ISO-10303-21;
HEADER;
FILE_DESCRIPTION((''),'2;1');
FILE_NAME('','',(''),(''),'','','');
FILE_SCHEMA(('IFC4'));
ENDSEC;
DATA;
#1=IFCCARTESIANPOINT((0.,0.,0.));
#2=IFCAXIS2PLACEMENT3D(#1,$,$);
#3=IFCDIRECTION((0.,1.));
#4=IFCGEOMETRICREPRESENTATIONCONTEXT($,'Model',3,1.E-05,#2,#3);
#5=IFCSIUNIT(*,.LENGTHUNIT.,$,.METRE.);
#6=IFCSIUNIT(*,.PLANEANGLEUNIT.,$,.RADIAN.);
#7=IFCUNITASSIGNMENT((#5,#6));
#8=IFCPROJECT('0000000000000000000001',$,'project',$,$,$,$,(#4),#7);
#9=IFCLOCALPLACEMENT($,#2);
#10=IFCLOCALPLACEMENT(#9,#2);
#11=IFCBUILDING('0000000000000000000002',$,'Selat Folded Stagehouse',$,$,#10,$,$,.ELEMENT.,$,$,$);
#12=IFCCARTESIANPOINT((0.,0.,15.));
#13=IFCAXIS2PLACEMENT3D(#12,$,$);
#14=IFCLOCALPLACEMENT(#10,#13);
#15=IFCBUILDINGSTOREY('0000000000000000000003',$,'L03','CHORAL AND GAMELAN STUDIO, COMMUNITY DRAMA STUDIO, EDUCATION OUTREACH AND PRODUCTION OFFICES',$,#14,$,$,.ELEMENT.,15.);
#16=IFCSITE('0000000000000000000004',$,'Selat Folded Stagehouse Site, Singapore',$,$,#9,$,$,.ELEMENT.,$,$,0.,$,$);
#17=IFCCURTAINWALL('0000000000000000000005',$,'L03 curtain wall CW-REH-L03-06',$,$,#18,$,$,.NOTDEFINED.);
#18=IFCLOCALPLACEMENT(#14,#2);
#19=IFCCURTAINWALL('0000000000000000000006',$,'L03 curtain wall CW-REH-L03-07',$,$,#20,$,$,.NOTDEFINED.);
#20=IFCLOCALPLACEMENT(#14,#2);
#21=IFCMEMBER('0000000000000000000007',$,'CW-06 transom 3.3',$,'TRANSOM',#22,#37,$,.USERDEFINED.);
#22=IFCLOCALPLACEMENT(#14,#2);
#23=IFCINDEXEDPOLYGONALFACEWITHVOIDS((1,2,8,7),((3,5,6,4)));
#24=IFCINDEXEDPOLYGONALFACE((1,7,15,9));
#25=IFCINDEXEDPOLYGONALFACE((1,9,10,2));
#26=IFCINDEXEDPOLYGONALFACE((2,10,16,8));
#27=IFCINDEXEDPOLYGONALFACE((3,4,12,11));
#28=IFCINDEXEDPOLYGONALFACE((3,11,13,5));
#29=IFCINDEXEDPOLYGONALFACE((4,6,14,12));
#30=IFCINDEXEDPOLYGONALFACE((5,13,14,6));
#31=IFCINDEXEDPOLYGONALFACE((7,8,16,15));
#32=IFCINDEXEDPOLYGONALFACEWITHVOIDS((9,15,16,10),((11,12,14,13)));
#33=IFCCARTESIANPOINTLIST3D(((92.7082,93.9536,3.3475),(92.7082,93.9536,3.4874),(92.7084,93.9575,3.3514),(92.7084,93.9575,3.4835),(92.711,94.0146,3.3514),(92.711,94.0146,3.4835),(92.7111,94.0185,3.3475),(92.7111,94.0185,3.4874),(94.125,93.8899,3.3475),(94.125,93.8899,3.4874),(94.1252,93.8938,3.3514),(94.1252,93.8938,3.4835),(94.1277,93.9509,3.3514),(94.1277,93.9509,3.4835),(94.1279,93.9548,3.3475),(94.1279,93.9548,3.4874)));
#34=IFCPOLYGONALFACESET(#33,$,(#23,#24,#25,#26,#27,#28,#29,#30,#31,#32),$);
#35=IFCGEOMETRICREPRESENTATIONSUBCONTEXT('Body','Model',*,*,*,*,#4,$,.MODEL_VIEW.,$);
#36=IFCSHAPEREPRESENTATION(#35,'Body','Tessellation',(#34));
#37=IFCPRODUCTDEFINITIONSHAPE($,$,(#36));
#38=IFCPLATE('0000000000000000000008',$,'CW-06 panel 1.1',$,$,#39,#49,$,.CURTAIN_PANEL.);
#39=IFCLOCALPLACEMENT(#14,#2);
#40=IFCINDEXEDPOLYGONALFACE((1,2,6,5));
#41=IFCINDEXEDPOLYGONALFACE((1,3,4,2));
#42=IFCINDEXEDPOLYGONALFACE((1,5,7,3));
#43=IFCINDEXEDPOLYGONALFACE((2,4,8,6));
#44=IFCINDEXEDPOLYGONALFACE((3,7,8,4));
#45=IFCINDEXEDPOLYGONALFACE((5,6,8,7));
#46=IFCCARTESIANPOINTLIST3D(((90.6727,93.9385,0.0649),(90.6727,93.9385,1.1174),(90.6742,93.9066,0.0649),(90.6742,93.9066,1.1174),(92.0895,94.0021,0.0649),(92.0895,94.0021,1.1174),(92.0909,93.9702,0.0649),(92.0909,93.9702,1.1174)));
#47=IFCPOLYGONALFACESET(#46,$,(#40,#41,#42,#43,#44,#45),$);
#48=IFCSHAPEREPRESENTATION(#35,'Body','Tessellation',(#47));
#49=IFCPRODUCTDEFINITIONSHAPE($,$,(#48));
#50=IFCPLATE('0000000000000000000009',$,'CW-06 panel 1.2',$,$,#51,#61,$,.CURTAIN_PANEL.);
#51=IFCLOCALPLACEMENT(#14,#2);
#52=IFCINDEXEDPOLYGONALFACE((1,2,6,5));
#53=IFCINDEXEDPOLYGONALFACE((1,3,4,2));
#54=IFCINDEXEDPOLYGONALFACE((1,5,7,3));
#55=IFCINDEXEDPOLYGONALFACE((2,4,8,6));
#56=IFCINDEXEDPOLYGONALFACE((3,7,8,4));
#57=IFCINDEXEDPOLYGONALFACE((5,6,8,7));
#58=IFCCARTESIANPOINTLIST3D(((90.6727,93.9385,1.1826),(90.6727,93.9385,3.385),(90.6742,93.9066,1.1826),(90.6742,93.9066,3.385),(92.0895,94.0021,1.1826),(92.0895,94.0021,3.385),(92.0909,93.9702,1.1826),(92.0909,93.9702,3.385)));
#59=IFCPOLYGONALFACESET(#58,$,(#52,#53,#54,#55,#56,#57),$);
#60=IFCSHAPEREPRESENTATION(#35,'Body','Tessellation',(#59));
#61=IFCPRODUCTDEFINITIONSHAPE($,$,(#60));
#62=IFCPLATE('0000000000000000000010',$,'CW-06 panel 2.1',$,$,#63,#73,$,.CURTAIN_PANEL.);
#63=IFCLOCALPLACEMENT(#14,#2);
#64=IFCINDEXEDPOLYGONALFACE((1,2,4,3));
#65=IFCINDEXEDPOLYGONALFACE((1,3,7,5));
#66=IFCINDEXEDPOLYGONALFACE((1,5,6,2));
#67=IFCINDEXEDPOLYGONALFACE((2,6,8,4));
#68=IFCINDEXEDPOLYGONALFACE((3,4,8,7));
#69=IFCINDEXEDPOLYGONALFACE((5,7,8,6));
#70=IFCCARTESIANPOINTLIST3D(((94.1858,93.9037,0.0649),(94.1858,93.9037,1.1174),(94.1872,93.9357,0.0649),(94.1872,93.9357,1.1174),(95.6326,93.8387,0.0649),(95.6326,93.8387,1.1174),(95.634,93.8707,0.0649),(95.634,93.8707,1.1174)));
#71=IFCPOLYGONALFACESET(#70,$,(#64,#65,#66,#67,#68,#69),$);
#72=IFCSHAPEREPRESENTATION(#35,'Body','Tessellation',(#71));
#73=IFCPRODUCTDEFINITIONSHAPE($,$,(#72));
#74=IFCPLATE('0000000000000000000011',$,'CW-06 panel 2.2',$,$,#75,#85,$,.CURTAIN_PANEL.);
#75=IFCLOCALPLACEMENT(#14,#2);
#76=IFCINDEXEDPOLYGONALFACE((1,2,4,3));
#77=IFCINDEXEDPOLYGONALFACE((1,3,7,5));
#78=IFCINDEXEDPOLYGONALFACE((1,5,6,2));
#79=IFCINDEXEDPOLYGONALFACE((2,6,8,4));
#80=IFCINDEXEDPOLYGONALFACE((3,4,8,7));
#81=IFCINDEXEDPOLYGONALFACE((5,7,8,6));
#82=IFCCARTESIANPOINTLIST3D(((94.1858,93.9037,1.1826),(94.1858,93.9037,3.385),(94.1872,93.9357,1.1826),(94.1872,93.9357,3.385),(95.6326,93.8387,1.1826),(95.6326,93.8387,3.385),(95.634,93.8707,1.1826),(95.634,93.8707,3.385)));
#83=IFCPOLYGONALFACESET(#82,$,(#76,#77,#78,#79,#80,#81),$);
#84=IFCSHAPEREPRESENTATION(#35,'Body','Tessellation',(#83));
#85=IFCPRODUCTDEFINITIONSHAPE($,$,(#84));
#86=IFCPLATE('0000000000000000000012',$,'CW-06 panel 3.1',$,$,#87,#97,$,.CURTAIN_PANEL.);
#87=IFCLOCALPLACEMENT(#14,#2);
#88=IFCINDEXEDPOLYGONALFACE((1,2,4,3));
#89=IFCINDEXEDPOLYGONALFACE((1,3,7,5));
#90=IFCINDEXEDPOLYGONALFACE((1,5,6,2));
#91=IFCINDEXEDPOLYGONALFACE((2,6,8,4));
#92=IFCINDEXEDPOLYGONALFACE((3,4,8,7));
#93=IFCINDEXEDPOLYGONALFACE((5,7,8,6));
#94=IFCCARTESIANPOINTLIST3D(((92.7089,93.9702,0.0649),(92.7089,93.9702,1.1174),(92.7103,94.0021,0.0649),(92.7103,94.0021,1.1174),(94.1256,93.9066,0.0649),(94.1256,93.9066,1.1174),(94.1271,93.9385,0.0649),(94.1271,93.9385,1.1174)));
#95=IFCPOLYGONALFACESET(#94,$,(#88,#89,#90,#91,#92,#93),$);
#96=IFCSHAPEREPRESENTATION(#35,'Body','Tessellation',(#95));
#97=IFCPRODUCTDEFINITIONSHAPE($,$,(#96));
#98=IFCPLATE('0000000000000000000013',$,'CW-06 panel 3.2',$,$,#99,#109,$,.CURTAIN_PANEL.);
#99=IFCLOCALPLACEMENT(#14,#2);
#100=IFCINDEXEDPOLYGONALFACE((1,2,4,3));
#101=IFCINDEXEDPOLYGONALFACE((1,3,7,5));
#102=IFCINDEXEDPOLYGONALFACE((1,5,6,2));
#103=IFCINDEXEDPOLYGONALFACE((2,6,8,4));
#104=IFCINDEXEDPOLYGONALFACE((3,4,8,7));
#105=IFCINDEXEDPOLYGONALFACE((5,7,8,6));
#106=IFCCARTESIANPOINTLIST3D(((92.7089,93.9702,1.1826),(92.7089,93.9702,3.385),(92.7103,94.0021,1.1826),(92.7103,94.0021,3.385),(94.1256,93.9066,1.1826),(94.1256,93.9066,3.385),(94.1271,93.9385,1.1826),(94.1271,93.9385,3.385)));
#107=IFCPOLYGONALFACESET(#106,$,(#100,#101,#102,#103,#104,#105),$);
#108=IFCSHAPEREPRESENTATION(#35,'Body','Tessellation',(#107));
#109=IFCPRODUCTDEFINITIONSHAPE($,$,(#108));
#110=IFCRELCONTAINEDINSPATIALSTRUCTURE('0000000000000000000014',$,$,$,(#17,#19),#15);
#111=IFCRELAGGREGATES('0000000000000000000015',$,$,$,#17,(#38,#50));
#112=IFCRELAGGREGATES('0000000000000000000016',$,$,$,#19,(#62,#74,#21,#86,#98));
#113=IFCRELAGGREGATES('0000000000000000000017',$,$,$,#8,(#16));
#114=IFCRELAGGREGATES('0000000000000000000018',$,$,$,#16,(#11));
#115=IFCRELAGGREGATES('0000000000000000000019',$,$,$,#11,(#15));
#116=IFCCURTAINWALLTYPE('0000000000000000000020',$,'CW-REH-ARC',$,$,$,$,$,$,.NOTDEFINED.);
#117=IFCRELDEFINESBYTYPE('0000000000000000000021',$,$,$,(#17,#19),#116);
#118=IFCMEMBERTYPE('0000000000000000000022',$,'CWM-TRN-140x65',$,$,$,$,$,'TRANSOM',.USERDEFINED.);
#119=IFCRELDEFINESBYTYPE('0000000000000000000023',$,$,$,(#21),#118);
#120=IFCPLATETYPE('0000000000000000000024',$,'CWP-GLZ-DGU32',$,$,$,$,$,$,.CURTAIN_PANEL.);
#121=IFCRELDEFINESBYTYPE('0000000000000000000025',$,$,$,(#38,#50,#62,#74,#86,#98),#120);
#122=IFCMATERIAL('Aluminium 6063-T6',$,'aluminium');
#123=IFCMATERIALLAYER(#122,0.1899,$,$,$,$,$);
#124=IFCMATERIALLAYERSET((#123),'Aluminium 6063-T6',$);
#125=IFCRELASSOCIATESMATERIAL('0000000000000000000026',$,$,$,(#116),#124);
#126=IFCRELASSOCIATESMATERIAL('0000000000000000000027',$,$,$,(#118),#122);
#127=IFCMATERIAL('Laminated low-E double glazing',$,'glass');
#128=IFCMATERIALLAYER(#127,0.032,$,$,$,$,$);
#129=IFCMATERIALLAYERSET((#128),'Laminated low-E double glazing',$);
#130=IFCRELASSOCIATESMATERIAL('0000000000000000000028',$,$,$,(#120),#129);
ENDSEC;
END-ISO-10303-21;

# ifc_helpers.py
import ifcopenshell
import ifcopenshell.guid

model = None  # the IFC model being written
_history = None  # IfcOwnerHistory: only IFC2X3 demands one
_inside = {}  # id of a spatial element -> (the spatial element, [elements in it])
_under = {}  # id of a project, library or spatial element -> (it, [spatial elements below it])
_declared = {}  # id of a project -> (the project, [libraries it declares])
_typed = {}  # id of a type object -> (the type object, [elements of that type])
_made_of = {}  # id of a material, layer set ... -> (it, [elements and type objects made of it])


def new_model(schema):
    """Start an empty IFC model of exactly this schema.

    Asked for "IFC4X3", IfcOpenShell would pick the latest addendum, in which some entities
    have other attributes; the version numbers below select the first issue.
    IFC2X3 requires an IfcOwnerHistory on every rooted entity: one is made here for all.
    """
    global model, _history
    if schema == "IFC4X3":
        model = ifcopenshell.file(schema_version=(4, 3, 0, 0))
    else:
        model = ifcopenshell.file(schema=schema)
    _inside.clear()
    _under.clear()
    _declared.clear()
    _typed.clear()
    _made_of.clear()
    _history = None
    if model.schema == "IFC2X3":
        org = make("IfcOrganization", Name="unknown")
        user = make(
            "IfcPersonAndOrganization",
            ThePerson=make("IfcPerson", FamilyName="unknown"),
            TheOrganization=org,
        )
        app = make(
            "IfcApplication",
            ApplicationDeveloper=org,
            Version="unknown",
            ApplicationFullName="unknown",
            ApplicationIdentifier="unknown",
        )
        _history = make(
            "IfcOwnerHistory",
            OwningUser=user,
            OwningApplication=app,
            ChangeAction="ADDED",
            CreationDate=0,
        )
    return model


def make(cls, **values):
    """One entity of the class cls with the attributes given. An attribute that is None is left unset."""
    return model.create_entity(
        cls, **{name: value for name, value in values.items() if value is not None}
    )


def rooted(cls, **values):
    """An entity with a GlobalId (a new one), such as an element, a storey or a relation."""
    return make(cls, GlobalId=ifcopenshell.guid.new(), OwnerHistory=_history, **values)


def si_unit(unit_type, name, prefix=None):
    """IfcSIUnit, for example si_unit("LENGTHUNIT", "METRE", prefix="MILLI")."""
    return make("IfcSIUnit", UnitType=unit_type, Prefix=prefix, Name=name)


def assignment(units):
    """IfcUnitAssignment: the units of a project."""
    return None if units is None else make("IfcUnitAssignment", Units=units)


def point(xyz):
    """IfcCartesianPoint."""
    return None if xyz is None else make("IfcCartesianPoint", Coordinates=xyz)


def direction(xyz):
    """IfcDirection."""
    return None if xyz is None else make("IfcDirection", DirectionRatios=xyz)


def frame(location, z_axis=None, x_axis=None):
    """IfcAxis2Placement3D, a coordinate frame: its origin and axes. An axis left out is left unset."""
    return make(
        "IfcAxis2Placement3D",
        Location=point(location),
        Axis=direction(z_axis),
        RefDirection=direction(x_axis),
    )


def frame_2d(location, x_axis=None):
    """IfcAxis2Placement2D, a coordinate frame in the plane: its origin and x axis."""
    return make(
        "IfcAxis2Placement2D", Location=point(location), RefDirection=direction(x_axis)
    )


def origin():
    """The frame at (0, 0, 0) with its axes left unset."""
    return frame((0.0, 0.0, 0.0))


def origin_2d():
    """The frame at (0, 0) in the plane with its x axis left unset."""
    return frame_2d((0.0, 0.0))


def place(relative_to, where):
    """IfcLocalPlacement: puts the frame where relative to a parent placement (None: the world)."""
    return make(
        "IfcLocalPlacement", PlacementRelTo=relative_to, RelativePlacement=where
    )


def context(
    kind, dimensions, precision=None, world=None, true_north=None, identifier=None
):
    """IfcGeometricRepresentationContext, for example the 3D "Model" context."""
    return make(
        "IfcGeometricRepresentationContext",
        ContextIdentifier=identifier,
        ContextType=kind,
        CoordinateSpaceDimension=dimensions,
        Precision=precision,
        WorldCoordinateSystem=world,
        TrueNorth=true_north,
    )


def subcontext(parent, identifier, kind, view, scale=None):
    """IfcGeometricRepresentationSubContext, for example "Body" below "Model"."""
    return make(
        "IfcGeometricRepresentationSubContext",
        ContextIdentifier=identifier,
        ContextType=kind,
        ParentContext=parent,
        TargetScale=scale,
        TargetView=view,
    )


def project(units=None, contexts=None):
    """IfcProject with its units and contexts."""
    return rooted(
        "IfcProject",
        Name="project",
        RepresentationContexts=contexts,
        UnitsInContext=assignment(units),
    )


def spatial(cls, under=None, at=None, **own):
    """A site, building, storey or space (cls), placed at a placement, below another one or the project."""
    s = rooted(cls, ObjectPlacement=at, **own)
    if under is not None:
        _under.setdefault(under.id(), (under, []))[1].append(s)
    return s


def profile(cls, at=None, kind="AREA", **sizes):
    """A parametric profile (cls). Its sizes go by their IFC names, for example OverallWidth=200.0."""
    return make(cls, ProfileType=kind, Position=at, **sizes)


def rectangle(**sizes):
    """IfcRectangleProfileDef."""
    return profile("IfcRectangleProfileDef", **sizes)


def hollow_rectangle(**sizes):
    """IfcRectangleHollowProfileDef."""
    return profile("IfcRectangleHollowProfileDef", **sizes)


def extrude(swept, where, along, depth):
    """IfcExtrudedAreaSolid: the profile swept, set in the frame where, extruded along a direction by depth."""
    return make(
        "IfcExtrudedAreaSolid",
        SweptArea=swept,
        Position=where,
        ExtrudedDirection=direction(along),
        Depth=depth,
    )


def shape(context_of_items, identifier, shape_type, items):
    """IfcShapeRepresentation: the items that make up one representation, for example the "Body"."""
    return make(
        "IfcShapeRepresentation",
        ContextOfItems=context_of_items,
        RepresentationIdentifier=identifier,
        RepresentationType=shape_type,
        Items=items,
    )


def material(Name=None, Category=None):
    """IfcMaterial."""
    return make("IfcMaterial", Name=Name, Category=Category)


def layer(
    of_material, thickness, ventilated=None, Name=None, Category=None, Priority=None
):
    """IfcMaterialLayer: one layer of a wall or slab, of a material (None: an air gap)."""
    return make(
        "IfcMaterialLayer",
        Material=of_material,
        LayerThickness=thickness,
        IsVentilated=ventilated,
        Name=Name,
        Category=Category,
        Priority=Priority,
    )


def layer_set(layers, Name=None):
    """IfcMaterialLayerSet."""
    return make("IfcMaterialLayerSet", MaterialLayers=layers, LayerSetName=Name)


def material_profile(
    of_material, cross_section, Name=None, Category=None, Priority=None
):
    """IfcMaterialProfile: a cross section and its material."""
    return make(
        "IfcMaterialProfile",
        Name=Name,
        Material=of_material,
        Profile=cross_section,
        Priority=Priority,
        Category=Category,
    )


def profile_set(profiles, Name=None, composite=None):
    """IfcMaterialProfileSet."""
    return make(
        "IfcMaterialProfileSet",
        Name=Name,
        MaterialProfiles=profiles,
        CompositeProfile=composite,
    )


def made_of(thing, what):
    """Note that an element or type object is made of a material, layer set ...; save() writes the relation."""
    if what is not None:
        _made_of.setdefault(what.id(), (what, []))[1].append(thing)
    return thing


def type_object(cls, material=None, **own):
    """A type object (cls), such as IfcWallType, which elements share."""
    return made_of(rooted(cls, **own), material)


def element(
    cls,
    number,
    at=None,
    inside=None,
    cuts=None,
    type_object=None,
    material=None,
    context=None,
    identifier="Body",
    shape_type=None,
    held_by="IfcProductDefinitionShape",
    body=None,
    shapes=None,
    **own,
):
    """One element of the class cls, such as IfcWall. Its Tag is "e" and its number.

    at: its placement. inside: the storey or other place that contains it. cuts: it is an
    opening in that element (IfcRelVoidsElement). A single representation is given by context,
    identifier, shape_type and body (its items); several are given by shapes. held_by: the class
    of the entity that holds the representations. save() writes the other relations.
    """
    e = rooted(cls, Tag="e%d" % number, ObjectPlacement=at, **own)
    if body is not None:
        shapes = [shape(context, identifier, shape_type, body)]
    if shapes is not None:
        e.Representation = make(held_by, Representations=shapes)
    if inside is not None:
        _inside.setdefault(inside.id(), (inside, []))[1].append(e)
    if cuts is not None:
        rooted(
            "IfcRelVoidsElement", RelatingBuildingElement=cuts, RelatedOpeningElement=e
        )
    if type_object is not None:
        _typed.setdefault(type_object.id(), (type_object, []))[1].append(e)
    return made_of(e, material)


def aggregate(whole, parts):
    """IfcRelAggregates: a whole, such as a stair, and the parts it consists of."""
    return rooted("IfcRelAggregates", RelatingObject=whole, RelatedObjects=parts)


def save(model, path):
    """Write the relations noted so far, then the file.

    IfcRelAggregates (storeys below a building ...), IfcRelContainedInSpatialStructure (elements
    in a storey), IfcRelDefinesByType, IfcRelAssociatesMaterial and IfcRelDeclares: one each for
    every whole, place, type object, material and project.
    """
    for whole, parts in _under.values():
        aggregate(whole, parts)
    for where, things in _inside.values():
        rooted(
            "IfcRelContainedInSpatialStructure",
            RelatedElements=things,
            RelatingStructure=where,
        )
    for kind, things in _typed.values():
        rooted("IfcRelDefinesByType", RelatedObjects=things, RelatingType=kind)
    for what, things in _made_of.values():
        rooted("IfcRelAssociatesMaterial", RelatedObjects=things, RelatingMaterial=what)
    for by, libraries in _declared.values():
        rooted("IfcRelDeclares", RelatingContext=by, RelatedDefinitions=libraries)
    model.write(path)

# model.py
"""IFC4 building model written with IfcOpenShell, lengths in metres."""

from ifc_helpers import new_model, si_unit, direction, frame, origin, origin_2d, place, context, subcontext, project, spatial, rectangle, hollow_rectangle, extrude, material, layer, layer_set, material_profile, profile_set, type_object, element, aggregate, save


model = new_model("IFC4")

# Units and contexts
model_context = context("Model", 3, precision=1e-05, world=origin(), true_north=direction((0.0, 1.0)))
body_context = subcontext(model_context, "Body", "Model", "MODEL_VIEW")
ifc_project = project(units=[si_unit("LENGTHUNIT", "METRE"), si_unit("PLANEANGLEUNIT", "RADIAN")], contexts=[model_context])

# Site, building, storey
site_placement = place(None, origin())
site = spatial("IfcSite", under=ifc_project, at=site_placement, Name="Selat Folded Stagehouse Site, Singapore", CompositionType="ELEMENT", RefElevation=0.0)
building_placement = place(site_placement, origin())
building = spatial("IfcBuilding", under=site, at=building_placement, Name="Selat Folded Stagehouse", CompositionType="ELEMENT")
storey_placement = place(building_placement, frame((0.0, 0.0, 15.0)))
storey = spatial("IfcBuildingStorey", under=building, at=storey_placement, Name="L03", Description="CHORAL AND GAMELAN STUDIO, COMMUNITY DRAMA STUDIO, EDUCATION OUTREACH AND PRODUCTION OFFICES", CompositionType="ELEMENT", Elevation=15.0)

# Curtain wall
ifc_material_1 = material(Name="Aluminium 6063-T6", Category="aluminium")
ifc_layer_1 = layer(ifc_material_1, 0.1899)
ifc_layer_set_1 = layer_set([ifc_layer_1], Name="Aluminium 6063-T6")
curtain_wall_type = type_object("IfcCurtainWallType", Name="CW-REH-ARC", PredefinedType="NOTDEFINED", material=ifc_layer_set_1)
curtain_wall_1_placement = place(storey_placement, origin())
curtain_wall_1 = element("IfcCurtainWall", 1, at=curtain_wall_1_placement, inside=storey, type_object=curtain_wall_type, Name="L03 curtain wall CW-REH-L03-06", PredefinedType="NOTDEFINED")

# Curtain wall
curtain_wall_2_placement = place(storey_placement, origin())
curtain_wall_2 = element("IfcCurtainWall", 2, at=curtain_wall_2_placement, inside=storey, type_object=curtain_wall_type, Name="L03 curtain wall CW-REH-L03-07", PredefinedType="NOTDEFINED")

# Member
ifc_material_profile_1 = material_profile(ifc_material_1, hollow_rectangle(XDim=0.0649, YDim=0.1399, WallThickness=0.0039, at=origin_2d()), Name="ALU 140x65x4.0")
ifc_profile_set_1 = profile_set([ifc_material_profile_1], Name="Aluminium 6063-T6")
member_type_1 = type_object("IfcMemberType", Name="CWM-TRN-140x65", ElementType="TRANSOM", PredefinedType="USERDEFINED", material=ifc_profile_set_1)
member_1_placement = place(storey_placement, frame((94.1265, 93.9224, 3.4175), z_axis=(-0.99899, 0.044931, 0.0), x_axis=(-0.044931, -0.99899, 0.0)))
member_1 = element("IfcMember", 3, at=member_1_placement, type_object=member_type_1, Name="CW-06 transom 3.3", ObjectType="TRANSOM", PredefinedType="USERDEFINED", context=body_context, shape_type="SweptSolid", body=[
    extrude(hollow_rectangle(XDim=0.0649, YDim=0.1399, WallThickness=0.0039, at=origin_2d()), origin(), (0.0, 0.0, 1.0), 1.4182),
])

# Plates
ifc_material_2 = material(Name="Laminated low-E double glazing", Category="glass")
ifc_layer_2 = layer(ifc_material_2, 0.032)
ifc_layer_set_2 = layer_set([ifc_layer_2], Name="Laminated low-E double glazing")
plate_type = type_object("IfcPlateType", Name="CWP-GLZ-DGU32", PredefinedType="CURTAIN_PANEL", material=ifc_layer_set_2)
plate_1_placement = place(storey_placement, frame((91.3818, 93.9543, 0.0649), z_axis=(0.0, 0.0, 1.0), x_axis=(-0.998993, -0.044862, 0.0)))
plate_1 = element("IfcPlate", 4, at=plate_1_placement, type_object=plate_type, Name="CW-06 panel 1.1", PredefinedType="CURTAIN_PANEL", context=body_context, shape_type="SweptSolid", body=[
    extrude(rectangle(XDim=1.4182, YDim=0.032, at=origin_2d()), origin(), (0.0, 0.0, 1.0), 1.0525),
])
plate_2_placement = place(storey_placement, frame((91.3818, 93.9543, 1.1826), z_axis=(0.0, 0.0, 1.0), x_axis=(-0.998993, -0.044862, 0.0)))
plate_2 = element("IfcPlate", 5, at=plate_2_placement, type_object=plate_type, Name="CW-06 panel 1.2", PredefinedType="CURTAIN_PANEL", context=body_context, shape_type="SweptSolid", body=[
    extrude(rectangle(XDim=1.4182, YDim=0.032, at=origin_2d()), origin(), (0.0, 0.0, 1.0), 2.2024),
])
aggregate(curtain_wall_1, [plate_1, plate_2])
plate_3_placement = place(storey_placement, frame((94.9099, 93.8872, 0.0649), z_axis=(0.0, 0.0, 1.0), x_axis=(-0.998993, 0.044862, 0.0)))
plate_3 = element("IfcPlate", 6, at=plate_3_placement, type_object=plate_type, Name="CW-06 panel 2.1", PredefinedType="CURTAIN_PANEL", context=body_context, shape_type="SweptSolid", body=[
    extrude(rectangle(XDim=1.4482, YDim=0.032, at=origin_2d()), origin(), (0.0, 0.0, 1.0), 1.0525),
])
plate_4_placement = place(storey_placement, frame((94.9099, 93.8872, 1.1826), z_axis=(0.0, 0.0, 1.0), x_axis=(-0.998993, 0.044862, 0.0)))
plate_4 = element("IfcPlate", 7, at=plate_4_placement, type_object=plate_type, Name="CW-06 panel 2.2", PredefinedType="CURTAIN_PANEL", context=body_context, shape_type="SweptSolid", body=[
    extrude(rectangle(XDim=1.4482, YDim=0.032, at=origin_2d()), origin(), (0.0, 0.0, 1.0), 2.2024),
])
plate_5_placement = place(storey_placement, frame((93.418, 93.9543, 0.0649), z_axis=(0.0, 0.0, 1.0), x_axis=(-0.998993, 0.044862, 0.0)))
plate_5 = element("IfcPlate", 8, at=plate_5_placement, type_object=plate_type, Name="CW-06 panel 3.1", PredefinedType="CURTAIN_PANEL", context=body_context, shape_type="SweptSolid", body=[
    extrude(rectangle(XDim=1.4182, YDim=0.032, at=origin_2d()), origin(), (0.0, 0.0, 1.0), 1.0525),
])
plate_6_placement = place(storey_placement, frame((93.418, 93.9543, 1.1826), z_axis=(0.0, 0.0, 1.0), x_axis=(-0.998993, 0.044862, 0.0)))
plate_6 = element("IfcPlate", 9, at=plate_6_placement, type_object=plate_type, Name="CW-06 panel 3.2", PredefinedType="CURTAIN_PANEL", context=body_context, shape_type="SweptSolid", body=[
    extrude(rectangle(XDim=1.4182, YDim=0.032, at=origin_2d()), origin(), (0.0, 0.0, 1.0), 2.2024),
])
aggregate(curtain_wall_2, [plate_3, plate_4, member_1, plate_5, plate_6])

save(model, "model.ifc")
